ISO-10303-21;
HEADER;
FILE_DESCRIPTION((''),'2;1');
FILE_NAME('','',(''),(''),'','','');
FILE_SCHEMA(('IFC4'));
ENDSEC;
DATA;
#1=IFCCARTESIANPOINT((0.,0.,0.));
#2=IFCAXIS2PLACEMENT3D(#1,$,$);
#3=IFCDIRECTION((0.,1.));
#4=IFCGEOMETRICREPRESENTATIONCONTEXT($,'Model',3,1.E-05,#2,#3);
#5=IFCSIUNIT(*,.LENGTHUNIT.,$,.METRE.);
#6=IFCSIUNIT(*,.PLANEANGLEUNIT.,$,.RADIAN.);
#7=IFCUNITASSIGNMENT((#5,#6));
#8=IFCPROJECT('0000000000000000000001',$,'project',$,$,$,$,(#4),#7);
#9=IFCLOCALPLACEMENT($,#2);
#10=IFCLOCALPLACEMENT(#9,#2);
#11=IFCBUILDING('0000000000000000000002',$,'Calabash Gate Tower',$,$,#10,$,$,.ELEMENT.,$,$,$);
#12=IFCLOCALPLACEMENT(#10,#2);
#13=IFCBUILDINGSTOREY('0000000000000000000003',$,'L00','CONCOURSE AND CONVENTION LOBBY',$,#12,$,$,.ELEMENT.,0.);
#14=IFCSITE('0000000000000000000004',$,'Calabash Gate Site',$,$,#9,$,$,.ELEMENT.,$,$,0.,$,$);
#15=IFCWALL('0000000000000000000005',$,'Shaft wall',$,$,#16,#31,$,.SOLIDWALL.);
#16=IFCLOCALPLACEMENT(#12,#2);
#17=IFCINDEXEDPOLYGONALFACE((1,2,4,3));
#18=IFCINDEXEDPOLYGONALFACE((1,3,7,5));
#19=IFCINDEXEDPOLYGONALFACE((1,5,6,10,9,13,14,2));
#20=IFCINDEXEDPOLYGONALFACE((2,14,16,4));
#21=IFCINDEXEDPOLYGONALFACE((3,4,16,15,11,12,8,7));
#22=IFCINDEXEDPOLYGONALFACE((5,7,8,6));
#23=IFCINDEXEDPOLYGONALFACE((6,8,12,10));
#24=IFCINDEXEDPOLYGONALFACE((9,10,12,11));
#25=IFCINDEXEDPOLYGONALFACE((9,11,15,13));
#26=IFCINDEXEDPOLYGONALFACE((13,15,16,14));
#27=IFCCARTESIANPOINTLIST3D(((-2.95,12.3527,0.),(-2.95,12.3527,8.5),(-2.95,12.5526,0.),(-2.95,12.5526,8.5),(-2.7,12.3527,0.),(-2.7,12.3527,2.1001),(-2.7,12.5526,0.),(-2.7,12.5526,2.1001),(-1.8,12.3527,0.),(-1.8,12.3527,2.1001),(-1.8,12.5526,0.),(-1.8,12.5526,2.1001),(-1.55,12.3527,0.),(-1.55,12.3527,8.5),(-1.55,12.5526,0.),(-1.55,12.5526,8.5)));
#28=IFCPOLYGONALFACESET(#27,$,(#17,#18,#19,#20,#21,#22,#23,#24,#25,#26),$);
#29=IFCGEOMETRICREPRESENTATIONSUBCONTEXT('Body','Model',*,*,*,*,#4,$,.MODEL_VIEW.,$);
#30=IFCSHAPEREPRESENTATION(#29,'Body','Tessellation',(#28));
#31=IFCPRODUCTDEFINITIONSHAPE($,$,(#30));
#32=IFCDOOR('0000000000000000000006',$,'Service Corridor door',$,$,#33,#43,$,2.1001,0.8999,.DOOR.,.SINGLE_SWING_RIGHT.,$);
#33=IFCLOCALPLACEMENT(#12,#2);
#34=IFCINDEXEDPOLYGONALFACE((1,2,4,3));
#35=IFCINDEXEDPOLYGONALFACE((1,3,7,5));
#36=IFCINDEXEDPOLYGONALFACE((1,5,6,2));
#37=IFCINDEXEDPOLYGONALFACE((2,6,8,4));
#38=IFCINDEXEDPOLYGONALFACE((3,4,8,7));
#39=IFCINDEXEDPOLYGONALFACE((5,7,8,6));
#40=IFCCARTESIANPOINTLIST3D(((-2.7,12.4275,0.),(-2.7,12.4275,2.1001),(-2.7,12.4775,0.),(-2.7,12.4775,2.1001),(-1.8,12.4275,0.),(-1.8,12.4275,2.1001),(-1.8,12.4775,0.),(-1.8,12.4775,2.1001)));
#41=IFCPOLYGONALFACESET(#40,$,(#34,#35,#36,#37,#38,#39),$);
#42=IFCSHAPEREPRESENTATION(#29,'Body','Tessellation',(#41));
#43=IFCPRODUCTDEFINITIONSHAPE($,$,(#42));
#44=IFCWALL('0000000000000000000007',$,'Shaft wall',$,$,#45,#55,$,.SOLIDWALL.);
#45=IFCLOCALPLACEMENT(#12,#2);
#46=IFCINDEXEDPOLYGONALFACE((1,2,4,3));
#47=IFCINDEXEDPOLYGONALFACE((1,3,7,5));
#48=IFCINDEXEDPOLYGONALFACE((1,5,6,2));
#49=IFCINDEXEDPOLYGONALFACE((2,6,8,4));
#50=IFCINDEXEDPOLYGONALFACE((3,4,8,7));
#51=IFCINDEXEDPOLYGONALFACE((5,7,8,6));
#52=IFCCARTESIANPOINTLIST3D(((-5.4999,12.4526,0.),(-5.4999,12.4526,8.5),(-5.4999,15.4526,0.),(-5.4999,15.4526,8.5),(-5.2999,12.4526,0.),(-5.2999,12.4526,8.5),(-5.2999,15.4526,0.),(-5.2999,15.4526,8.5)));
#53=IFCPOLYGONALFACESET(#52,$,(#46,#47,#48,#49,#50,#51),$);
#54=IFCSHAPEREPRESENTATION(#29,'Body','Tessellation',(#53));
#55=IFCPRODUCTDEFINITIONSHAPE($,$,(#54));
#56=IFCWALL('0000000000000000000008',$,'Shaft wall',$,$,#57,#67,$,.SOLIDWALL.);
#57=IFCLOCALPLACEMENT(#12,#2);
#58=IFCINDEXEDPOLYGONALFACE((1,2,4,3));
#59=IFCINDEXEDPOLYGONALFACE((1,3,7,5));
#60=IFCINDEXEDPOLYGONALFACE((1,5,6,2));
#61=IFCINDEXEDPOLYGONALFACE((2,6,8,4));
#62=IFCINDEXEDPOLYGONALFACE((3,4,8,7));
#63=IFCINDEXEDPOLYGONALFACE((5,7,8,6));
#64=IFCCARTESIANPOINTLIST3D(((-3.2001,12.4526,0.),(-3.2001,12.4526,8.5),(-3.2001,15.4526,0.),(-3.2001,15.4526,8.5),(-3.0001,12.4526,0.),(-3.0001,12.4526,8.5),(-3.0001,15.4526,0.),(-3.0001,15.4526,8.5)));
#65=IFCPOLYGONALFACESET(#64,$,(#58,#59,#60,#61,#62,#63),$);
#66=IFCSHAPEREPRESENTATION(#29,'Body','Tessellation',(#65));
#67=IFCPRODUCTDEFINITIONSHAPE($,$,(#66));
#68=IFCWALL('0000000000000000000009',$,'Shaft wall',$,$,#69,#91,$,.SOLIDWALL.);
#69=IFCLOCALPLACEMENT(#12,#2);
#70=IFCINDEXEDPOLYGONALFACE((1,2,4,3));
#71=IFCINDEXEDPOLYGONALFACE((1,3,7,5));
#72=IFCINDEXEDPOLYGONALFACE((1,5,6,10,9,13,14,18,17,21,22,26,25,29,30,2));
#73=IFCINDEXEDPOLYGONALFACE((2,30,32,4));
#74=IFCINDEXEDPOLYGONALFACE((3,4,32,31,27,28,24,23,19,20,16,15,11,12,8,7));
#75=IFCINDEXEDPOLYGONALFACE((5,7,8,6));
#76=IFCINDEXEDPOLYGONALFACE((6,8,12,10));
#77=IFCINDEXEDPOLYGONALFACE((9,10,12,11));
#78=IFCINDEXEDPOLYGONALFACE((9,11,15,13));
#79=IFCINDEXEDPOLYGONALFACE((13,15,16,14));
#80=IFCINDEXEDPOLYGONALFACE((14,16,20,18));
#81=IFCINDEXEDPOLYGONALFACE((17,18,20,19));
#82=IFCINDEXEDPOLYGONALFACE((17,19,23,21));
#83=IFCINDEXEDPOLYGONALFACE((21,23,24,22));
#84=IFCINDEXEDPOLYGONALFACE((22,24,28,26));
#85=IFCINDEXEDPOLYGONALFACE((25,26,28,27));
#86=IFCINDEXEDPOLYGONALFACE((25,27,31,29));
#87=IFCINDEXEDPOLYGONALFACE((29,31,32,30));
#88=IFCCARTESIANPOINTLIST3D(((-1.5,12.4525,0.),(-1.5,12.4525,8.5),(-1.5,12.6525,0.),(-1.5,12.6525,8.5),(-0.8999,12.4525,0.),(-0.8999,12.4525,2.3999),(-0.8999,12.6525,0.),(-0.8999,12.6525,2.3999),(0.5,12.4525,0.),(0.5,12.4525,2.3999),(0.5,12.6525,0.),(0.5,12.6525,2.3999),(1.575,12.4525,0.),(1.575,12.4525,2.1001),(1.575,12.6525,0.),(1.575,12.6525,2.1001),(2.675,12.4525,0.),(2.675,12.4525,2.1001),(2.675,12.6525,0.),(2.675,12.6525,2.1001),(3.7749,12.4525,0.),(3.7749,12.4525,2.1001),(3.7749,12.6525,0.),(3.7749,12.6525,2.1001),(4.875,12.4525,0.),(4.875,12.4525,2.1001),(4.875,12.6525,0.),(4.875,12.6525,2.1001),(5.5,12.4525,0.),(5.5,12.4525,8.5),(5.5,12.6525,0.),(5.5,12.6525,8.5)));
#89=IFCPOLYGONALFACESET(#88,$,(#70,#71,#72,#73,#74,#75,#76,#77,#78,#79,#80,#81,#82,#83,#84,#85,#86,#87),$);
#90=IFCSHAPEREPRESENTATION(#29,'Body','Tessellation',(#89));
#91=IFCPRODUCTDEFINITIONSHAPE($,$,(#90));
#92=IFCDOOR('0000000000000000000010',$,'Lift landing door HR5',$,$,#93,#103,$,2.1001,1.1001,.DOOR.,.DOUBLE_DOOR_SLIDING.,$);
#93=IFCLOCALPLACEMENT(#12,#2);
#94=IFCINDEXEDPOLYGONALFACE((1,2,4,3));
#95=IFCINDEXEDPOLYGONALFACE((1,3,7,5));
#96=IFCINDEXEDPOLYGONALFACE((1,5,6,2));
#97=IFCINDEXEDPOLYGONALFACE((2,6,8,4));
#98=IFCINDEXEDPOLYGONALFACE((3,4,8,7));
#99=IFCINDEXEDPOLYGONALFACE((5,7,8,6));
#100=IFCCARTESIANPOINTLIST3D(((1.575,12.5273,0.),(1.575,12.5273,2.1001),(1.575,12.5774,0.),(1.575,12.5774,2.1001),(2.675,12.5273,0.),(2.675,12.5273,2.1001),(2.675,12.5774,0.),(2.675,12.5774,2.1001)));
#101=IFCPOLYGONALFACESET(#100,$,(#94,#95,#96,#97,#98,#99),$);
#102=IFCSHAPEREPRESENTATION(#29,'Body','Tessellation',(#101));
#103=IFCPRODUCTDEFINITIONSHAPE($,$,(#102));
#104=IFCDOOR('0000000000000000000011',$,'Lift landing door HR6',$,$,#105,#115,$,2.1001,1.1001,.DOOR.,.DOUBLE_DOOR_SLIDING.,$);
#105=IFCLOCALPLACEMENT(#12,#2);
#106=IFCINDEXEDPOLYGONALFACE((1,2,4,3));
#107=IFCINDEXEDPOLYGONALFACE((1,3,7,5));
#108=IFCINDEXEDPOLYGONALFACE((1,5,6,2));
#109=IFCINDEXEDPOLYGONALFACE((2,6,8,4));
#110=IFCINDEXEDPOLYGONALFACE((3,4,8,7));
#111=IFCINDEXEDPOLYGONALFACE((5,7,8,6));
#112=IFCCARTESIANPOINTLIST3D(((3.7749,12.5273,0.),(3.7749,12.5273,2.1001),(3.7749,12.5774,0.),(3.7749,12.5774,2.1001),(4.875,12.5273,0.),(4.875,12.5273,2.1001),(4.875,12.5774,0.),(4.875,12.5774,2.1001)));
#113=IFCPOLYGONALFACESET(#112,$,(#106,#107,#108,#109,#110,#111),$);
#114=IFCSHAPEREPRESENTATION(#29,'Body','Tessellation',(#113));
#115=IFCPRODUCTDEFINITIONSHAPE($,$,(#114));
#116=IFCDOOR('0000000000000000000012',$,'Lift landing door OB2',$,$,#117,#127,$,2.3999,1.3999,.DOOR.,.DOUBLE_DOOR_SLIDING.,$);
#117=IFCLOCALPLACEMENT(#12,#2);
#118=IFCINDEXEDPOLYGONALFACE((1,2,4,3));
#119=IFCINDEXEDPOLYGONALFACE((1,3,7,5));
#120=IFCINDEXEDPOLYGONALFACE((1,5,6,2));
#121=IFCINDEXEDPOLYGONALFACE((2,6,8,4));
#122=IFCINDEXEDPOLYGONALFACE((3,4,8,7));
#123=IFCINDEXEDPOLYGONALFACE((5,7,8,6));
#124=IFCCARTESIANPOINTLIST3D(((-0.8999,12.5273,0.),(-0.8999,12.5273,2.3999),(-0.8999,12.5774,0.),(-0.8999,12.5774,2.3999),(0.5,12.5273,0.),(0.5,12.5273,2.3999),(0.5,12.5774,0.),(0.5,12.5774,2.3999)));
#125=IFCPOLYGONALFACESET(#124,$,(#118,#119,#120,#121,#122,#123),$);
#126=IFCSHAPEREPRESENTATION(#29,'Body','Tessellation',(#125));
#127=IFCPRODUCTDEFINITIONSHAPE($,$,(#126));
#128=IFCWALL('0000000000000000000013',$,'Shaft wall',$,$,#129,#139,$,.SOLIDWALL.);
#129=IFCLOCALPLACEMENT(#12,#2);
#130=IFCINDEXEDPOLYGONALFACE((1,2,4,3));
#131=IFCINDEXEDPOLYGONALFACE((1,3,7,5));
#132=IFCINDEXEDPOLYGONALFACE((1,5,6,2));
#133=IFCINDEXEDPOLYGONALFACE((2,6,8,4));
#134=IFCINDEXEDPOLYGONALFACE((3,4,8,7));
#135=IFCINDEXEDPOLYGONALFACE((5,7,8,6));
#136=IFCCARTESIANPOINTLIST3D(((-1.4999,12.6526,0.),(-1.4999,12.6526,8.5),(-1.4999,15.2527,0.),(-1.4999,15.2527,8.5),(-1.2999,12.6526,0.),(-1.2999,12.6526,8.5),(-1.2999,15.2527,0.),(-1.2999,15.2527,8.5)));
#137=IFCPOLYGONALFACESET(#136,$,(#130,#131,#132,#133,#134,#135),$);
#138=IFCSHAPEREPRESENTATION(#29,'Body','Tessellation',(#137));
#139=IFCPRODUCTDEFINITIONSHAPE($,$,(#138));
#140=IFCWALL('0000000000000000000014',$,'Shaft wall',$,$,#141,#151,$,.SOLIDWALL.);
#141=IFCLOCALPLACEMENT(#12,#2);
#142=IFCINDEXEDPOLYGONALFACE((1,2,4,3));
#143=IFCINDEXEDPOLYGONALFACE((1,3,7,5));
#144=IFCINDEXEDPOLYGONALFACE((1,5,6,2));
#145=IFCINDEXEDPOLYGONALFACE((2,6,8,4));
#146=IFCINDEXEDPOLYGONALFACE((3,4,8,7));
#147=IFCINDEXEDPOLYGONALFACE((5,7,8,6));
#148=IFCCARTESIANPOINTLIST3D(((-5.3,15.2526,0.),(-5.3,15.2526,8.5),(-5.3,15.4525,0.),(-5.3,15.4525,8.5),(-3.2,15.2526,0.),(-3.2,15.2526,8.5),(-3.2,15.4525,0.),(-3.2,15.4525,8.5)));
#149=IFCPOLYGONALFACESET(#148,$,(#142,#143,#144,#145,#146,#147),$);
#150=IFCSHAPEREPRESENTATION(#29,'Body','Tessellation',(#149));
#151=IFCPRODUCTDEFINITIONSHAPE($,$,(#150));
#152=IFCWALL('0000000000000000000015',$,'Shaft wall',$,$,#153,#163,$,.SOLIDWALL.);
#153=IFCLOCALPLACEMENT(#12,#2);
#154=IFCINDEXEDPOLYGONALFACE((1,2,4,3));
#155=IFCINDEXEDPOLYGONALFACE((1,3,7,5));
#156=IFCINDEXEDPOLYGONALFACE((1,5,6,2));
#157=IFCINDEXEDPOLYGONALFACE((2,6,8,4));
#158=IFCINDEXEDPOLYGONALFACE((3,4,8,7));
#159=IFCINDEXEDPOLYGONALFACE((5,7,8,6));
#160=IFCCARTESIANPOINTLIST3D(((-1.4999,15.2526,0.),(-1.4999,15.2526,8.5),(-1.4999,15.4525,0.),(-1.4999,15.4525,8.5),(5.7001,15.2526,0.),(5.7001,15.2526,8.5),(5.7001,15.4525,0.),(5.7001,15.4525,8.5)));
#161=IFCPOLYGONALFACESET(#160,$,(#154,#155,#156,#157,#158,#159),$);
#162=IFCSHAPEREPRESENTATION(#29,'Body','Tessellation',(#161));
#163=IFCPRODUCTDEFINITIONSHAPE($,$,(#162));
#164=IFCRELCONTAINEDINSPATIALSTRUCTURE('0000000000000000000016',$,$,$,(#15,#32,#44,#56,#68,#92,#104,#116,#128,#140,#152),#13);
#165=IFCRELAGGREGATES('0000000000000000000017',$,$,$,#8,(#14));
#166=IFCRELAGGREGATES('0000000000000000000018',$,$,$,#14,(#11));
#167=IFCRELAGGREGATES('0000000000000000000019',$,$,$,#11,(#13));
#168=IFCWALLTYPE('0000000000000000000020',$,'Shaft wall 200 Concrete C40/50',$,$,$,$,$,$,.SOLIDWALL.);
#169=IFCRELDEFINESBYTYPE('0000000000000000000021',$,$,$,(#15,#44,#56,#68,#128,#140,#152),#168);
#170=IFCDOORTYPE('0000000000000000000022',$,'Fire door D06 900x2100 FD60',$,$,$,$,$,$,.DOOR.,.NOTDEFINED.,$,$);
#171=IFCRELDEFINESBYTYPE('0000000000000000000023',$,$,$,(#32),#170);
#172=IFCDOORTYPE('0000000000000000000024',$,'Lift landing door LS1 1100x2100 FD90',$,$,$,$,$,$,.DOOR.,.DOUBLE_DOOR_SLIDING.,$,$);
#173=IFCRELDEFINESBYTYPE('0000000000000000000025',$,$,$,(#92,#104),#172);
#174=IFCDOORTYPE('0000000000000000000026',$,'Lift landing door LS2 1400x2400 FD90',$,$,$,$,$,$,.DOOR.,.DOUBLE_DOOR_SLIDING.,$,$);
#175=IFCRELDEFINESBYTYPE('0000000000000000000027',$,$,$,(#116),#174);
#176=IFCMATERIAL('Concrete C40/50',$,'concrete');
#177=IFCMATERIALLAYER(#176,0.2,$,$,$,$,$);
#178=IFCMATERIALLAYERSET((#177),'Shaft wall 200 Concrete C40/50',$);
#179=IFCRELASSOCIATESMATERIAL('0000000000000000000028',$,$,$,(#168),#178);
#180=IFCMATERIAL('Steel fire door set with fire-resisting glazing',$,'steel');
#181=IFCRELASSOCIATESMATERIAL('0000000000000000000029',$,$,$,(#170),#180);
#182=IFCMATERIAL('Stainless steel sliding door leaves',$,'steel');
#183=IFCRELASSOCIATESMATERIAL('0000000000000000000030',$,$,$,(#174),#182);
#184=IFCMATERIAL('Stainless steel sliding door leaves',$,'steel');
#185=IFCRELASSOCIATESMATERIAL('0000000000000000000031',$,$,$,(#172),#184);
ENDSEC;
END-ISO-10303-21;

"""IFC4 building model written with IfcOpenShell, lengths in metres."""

from ifc_helpers import new_model, si_unit, direction, frame, frame_2d, origin, place, context, subcontext, project, spatial, rectangle, extrude, material, layer, layer_set, type_object, element, fill, save


model = new_model("IFC4")

# Units and contexts
model_context = context("Model", 3, precision=1e-05, world=origin(), true_north=direction((0.0, 1.0)))
body_context = subcontext(model_context, "Body", "Model", "MODEL_VIEW")
ifc_project = project(units=[si_unit("LENGTHUNIT", "METRE"), si_unit("PLANEANGLEUNIT", "RADIAN")], contexts=[model_context])

# Site, building, storey
site_placement = place(None, origin())
site = spatial("IfcSite", under=ifc_project, at=site_placement, Name="Calabash Gate Site", CompositionType="ELEMENT", RefElevation=0.0)
building_placement = place(site_placement, origin())
building = spatial("IfcBuilding", under=site, at=building_placement, Name="Calabash Gate Tower", CompositionType="ELEMENT")
storey_placement = place(building_placement, origin())
storey = spatial("IfcBuildingStorey", under=building, at=storey_placement, Name="L00", Description="CONCOURSE AND CONVENTION LOBBY", CompositionType="ELEMENT", Elevation=0.0)

# Wall, opening, door
ifc_material_1 = material(Name="Concrete C40/50", Category="concrete")
ifc_layer = layer(ifc_material_1, 0.2)
ifc_layer_set = layer_set([ifc_layer], Name="Shaft wall 200 Concrete C40/50")
wall_type = type_object("IfcWallType", Name="Shaft wall 200 Concrete C40/50", PredefinedType="SOLIDWALL", material=ifc_layer_set)
wall_1_placement = place(storey_placement, frame((-2.95, 12.4526, 0.0), z_axis=(0.0, 0.0, 1.0), x_axis=(1.0, 0.0, 0.0)))
wall_1 = element("IfcWall", 1, at=wall_1_placement, inside=storey, type_object=wall_type, Name="Shaft wall", PredefinedType="SOLIDWALL", context=body_context, shape_type="SweptSolid", body=[
    extrude(rectangle(XDim=1.3999, YDim=0.2, at=frame_2d((0.7, 0.0))), origin(), (0.0, 0.0, 1.0), 8.5),
])
opening_1_placement = place(wall_1_placement, frame((0.25, 0.0, 0.0)))
opening_1 = element("IfcOpeningElement", 2, at=opening_1_placement, cuts=wall_1, PredefinedType="OPENING", context=body_context, shape_type="SweptSolid", body=[
    extrude(rectangle(XDim=0.8999, YDim=2.1001, at=frame_2d((0.45, 1.05))), frame((0.0, 0.1099, 0.0), z_axis=(0.0, -1.0, 0.0), x_axis=(1.0, 0.0, 0.0)), (0.0, 0.0, 1.0), 0.22),
])
ifc_material_2 = material(Name="Steel fire door set with fire-resisting glazing", Category="steel")
door_type_1 = type_object("IfcDoorType", Name="Fire door D06 900x2100 FD60", OperationType="NOTDEFINED", PredefinedType="DOOR", material=ifc_material_2)
door_1_placement = place(opening_1_placement, origin())
door_1 = element("IfcDoor", 3, at=door_1_placement, inside=storey, type_object=door_type_1, Name="Service Corridor door", OperationType="SINGLE_SWING_RIGHT", OverallHeight=2.1001, OverallWidth=0.8999, PredefinedType="DOOR", context=body_context, shape_type="SweptSolid", body=[
    extrude(rectangle(XDim=0.8999, YDim=2.1001, at=frame_2d((0.45, 1.05))), frame((0.0, 0.0249, 0.0), z_axis=(0.0, -1.0, 0.0), x_axis=(1.0, 0.0, 0.0)), (0.0, 0.0, 1.0), 0.05),
])
fill(opening_1, door_1)

# Wall
wall_2_placement = place(storey_placement, frame((-5.3999, 12.4526, 0.0), z_axis=(0.0, 0.0, 1.0), x_axis=(0.0, 1.0, 0.0)))
element("IfcWall", 4, at=wall_2_placement, inside=storey, type_object=wall_type, Name="Shaft wall", PredefinedType="SOLIDWALL", context=body_context, shape_type="SweptSolid", body=[
    extrude(rectangle(XDim=3.0, YDim=0.2, at=frame_2d((1.5, 0.0))), origin(), (0.0, 0.0, 1.0), 8.5),
])

# Shared definitions
ifc_material_3 = material(Name="Stainless steel sliding door leaves", Category="steel")
door_type_2 = type_object("IfcDoorType", Name="Lift landing door LS2 1400x2400 FD90", OperationType="DOUBLE_DOOR_SLIDING", PredefinedType="DOOR", material=ifc_material_3)

# Wall
wall_3_placement = place(storey_placement, frame((-3.1001, 12.4526, 0.0), z_axis=(0.0, 0.0, 1.0), x_axis=(0.0, 1.0, 0.0)))
element("IfcWall", 5, at=wall_3_placement, inside=storey, type_object=wall_type, Name="Shaft wall", PredefinedType="SOLIDWALL", context=body_context, shape_type="SweptSolid", body=[
    extrude(rectangle(XDim=3.0, YDim=0.2, at=frame_2d((1.5, 0.0))), origin(), (0.0, 0.0, 1.0), 8.5),
])

# Wall, openings, doors
wall_4_placement = place(storey_placement, frame((-1.5, 12.5525, 0.0), z_axis=(0.0, 0.0, 1.0), x_axis=(1.0, 0.0, 0.0)))
wall_4 = element("IfcWall", 6, at=wall_4_placement, inside=storey, type_object=wall_type, Name="Shaft wall", PredefinedType="SOLIDWALL", context=body_context, shape_type="SweptSolid", body=[
    extrude(rectangle(XDim=7.0, YDim=0.2, at=frame_2d((3.5, 0.0))), origin(), (0.0, 0.0, 1.0), 8.5),
])
opening_2_placement = place(wall_4_placement, frame((0.6001, 0.0, 0.0)))
opening_2 = element("IfcOpeningElement", 7, at=opening_2_placement, cuts=wall_4, PredefinedType="OPENING", context=body_context, shape_type="SweptSolid", body=[
    extrude(rectangle(XDim=1.3999, YDim=2.3999, at=frame_2d((0.7, 1.2))), frame((0.0, 0.1099, 0.0), z_axis=(0.0, -1.0, 0.0), x_axis=(1.0, 0.0, 0.0)), (0.0, 0.0, 1.0), 0.22),
])
opening_3_placement = place(wall_4_placement, frame((3.075, 0.0, 0.0)))
opening_3 = element("IfcOpeningElement", 8, at=opening_3_placement, cuts=wall_4, PredefinedType="OPENING", context=body_context, shape_type="SweptSolid", body=[
    extrude(rectangle(XDim=1.1001, YDim=2.1001, at=frame_2d((0.55, 1.05))), frame((0.0, 0.1099, 0.0), z_axis=(0.0, -1.0, 0.0), x_axis=(1.0, 0.0, 0.0)), (0.0, 0.0, 1.0), 0.22),
])
opening_4_placement = place(wall_4_placement, frame((5.2749, 0.0, 0.0)))
opening_4 = element("IfcOpeningElement", 9, at=opening_4_placement, cuts=wall_4, PredefinedType="OPENING", context=body_context, shape_type="SweptSolid", body=[
    extrude(rectangle(XDim=1.1001, YDim=2.1001, at=frame_2d((0.55, 1.05))), frame((0.0, 0.1099, 0.0), z_axis=(0.0, -1.0, 0.0), x_axis=(1.0, 0.0, 0.0)), (0.0, 0.0, 1.0), 0.22),
])
ifc_material_4 = material(Name="Stainless steel sliding door leaves", Category="steel")
door_type_3 = type_object("IfcDoorType", Name="Lift landing door LS1 1100x2100 FD90", OperationType="DOUBLE_DOOR_SLIDING", PredefinedType="DOOR", material=ifc_material_4)
door_2_placement = place(opening_3_placement, origin())
door_2 = element("IfcDoor", 10, at=door_2_placement, inside=storey, type_object=door_type_3, Name="Lift landing door HR5", OperationType="DOUBLE_DOOR_SLIDING", OverallHeight=2.1001, OverallWidth=1.1001, PredefinedType="DOOR", context=body_context, shape_type="SweptSolid", body=[
    extrude(rectangle(XDim=1.1001, YDim=2.1001, at=frame_2d((0.55, 1.05))), frame((0.0, 0.0249, 0.0), z_axis=(0.0, -1.0, 0.0), x_axis=(1.0, 0.0, 0.0)), (0.0, 0.0, 1.0), 0.05),
])
fill(opening_3, door_2)
door_3_placement = place(opening_4_placement, origin())
door_3 = element("IfcDoor", 11, at=door_3_placement, inside=storey, type_object=door_type_3, Name="Lift landing door HR6", OperationType="DOUBLE_DOOR_SLIDING", OverallHeight=2.1001, OverallWidth=1.1001, PredefinedType="DOOR", context=body_context, shape_type="SweptSolid", body=[
    extrude(rectangle(XDim=1.1001, YDim=2.1001, at=frame_2d((0.55, 1.05))), frame((0.0, 0.0249, 0.0), z_axis=(0.0, -1.0, 0.0), x_axis=(1.0, 0.0, 0.0)), (0.0, 0.0, 1.0), 0.05),
])
fill(opening_4, door_3)
door_4_placement = place(opening_2_placement, origin())
door_4 = element("IfcDoor", 12, at=door_4_placement, inside=storey, type_object=door_type_2, Name="Lift landing door OB2", OperationType="DOUBLE_DOOR_SLIDING", OverallHeight=2.3999, OverallWidth=1.3999, PredefinedType="DOOR", context=body_context, shape_type="SweptSolid", body=[
    extrude(rectangle(XDim=1.3999, YDim=2.3999, at=frame_2d((0.7, 1.2))), frame((0.0, 0.0249, 0.0), z_axis=(0.0, -1.0, 0.0), x_axis=(1.0, 0.0, 0.0)), (0.0, 0.0, 1.0), 0.05),
])
fill(opening_2, door_4)

# Walls
wall_5_placement = place(storey_placement, frame((-1.3999, 12.6526, 0.0), z_axis=(0.0, 0.0, 1.0), x_axis=(0.0, 1.0, 0.0)))
element("IfcWall", 13, at=wall_5_placement, inside=storey, type_object=wall_type, Name="Shaft wall", PredefinedType="SOLIDWALL", context=body_context, shape_type="SweptSolid", body=[
    extrude(rectangle(XDim=2.6001, YDim=0.2, at=frame_2d((1.3, 0.0))), origin(), (0.0, 0.0, 1.0), 8.5),
])
wall_6_placement = place(storey_placement, frame((-5.3, 15.3525, 0.0), z_axis=(0.0, 0.0, 1.0), x_axis=(1.0, 0.0, 0.0)))
element("IfcWall", 14, at=wall_6_placement, inside=storey, type_object=wall_type, Name="Shaft wall", PredefinedType="SOLIDWALL", context=body_context, shape_type="SweptSolid", body=[
    extrude(rectangle(XDim=2.1001, YDim=0.2, at=frame_2d((1.05, 0.0))), origin(), (0.0, 0.0, 1.0), 8.5),
])
wall_7_placement = place(storey_placement, frame((-1.5, 15.3525, 0.0), z_axis=(0.0, 0.0, 1.0), x_axis=(1.0, 0.0, 0.0)))
element("IfcWall", 15, at=wall_7_placement, inside=storey, type_object=wall_type, Name="Shaft wall", PredefinedType="SOLIDWALL", context=body_context, shape_type="SweptSolid", body=[
    extrude(rectangle(XDim=7.2, YDim=0.2, at=frame_2d((3.6001, 0.0))), origin(), (0.0, 0.0, 1.0), 8.5),
])

save(model, "model.ifc")
